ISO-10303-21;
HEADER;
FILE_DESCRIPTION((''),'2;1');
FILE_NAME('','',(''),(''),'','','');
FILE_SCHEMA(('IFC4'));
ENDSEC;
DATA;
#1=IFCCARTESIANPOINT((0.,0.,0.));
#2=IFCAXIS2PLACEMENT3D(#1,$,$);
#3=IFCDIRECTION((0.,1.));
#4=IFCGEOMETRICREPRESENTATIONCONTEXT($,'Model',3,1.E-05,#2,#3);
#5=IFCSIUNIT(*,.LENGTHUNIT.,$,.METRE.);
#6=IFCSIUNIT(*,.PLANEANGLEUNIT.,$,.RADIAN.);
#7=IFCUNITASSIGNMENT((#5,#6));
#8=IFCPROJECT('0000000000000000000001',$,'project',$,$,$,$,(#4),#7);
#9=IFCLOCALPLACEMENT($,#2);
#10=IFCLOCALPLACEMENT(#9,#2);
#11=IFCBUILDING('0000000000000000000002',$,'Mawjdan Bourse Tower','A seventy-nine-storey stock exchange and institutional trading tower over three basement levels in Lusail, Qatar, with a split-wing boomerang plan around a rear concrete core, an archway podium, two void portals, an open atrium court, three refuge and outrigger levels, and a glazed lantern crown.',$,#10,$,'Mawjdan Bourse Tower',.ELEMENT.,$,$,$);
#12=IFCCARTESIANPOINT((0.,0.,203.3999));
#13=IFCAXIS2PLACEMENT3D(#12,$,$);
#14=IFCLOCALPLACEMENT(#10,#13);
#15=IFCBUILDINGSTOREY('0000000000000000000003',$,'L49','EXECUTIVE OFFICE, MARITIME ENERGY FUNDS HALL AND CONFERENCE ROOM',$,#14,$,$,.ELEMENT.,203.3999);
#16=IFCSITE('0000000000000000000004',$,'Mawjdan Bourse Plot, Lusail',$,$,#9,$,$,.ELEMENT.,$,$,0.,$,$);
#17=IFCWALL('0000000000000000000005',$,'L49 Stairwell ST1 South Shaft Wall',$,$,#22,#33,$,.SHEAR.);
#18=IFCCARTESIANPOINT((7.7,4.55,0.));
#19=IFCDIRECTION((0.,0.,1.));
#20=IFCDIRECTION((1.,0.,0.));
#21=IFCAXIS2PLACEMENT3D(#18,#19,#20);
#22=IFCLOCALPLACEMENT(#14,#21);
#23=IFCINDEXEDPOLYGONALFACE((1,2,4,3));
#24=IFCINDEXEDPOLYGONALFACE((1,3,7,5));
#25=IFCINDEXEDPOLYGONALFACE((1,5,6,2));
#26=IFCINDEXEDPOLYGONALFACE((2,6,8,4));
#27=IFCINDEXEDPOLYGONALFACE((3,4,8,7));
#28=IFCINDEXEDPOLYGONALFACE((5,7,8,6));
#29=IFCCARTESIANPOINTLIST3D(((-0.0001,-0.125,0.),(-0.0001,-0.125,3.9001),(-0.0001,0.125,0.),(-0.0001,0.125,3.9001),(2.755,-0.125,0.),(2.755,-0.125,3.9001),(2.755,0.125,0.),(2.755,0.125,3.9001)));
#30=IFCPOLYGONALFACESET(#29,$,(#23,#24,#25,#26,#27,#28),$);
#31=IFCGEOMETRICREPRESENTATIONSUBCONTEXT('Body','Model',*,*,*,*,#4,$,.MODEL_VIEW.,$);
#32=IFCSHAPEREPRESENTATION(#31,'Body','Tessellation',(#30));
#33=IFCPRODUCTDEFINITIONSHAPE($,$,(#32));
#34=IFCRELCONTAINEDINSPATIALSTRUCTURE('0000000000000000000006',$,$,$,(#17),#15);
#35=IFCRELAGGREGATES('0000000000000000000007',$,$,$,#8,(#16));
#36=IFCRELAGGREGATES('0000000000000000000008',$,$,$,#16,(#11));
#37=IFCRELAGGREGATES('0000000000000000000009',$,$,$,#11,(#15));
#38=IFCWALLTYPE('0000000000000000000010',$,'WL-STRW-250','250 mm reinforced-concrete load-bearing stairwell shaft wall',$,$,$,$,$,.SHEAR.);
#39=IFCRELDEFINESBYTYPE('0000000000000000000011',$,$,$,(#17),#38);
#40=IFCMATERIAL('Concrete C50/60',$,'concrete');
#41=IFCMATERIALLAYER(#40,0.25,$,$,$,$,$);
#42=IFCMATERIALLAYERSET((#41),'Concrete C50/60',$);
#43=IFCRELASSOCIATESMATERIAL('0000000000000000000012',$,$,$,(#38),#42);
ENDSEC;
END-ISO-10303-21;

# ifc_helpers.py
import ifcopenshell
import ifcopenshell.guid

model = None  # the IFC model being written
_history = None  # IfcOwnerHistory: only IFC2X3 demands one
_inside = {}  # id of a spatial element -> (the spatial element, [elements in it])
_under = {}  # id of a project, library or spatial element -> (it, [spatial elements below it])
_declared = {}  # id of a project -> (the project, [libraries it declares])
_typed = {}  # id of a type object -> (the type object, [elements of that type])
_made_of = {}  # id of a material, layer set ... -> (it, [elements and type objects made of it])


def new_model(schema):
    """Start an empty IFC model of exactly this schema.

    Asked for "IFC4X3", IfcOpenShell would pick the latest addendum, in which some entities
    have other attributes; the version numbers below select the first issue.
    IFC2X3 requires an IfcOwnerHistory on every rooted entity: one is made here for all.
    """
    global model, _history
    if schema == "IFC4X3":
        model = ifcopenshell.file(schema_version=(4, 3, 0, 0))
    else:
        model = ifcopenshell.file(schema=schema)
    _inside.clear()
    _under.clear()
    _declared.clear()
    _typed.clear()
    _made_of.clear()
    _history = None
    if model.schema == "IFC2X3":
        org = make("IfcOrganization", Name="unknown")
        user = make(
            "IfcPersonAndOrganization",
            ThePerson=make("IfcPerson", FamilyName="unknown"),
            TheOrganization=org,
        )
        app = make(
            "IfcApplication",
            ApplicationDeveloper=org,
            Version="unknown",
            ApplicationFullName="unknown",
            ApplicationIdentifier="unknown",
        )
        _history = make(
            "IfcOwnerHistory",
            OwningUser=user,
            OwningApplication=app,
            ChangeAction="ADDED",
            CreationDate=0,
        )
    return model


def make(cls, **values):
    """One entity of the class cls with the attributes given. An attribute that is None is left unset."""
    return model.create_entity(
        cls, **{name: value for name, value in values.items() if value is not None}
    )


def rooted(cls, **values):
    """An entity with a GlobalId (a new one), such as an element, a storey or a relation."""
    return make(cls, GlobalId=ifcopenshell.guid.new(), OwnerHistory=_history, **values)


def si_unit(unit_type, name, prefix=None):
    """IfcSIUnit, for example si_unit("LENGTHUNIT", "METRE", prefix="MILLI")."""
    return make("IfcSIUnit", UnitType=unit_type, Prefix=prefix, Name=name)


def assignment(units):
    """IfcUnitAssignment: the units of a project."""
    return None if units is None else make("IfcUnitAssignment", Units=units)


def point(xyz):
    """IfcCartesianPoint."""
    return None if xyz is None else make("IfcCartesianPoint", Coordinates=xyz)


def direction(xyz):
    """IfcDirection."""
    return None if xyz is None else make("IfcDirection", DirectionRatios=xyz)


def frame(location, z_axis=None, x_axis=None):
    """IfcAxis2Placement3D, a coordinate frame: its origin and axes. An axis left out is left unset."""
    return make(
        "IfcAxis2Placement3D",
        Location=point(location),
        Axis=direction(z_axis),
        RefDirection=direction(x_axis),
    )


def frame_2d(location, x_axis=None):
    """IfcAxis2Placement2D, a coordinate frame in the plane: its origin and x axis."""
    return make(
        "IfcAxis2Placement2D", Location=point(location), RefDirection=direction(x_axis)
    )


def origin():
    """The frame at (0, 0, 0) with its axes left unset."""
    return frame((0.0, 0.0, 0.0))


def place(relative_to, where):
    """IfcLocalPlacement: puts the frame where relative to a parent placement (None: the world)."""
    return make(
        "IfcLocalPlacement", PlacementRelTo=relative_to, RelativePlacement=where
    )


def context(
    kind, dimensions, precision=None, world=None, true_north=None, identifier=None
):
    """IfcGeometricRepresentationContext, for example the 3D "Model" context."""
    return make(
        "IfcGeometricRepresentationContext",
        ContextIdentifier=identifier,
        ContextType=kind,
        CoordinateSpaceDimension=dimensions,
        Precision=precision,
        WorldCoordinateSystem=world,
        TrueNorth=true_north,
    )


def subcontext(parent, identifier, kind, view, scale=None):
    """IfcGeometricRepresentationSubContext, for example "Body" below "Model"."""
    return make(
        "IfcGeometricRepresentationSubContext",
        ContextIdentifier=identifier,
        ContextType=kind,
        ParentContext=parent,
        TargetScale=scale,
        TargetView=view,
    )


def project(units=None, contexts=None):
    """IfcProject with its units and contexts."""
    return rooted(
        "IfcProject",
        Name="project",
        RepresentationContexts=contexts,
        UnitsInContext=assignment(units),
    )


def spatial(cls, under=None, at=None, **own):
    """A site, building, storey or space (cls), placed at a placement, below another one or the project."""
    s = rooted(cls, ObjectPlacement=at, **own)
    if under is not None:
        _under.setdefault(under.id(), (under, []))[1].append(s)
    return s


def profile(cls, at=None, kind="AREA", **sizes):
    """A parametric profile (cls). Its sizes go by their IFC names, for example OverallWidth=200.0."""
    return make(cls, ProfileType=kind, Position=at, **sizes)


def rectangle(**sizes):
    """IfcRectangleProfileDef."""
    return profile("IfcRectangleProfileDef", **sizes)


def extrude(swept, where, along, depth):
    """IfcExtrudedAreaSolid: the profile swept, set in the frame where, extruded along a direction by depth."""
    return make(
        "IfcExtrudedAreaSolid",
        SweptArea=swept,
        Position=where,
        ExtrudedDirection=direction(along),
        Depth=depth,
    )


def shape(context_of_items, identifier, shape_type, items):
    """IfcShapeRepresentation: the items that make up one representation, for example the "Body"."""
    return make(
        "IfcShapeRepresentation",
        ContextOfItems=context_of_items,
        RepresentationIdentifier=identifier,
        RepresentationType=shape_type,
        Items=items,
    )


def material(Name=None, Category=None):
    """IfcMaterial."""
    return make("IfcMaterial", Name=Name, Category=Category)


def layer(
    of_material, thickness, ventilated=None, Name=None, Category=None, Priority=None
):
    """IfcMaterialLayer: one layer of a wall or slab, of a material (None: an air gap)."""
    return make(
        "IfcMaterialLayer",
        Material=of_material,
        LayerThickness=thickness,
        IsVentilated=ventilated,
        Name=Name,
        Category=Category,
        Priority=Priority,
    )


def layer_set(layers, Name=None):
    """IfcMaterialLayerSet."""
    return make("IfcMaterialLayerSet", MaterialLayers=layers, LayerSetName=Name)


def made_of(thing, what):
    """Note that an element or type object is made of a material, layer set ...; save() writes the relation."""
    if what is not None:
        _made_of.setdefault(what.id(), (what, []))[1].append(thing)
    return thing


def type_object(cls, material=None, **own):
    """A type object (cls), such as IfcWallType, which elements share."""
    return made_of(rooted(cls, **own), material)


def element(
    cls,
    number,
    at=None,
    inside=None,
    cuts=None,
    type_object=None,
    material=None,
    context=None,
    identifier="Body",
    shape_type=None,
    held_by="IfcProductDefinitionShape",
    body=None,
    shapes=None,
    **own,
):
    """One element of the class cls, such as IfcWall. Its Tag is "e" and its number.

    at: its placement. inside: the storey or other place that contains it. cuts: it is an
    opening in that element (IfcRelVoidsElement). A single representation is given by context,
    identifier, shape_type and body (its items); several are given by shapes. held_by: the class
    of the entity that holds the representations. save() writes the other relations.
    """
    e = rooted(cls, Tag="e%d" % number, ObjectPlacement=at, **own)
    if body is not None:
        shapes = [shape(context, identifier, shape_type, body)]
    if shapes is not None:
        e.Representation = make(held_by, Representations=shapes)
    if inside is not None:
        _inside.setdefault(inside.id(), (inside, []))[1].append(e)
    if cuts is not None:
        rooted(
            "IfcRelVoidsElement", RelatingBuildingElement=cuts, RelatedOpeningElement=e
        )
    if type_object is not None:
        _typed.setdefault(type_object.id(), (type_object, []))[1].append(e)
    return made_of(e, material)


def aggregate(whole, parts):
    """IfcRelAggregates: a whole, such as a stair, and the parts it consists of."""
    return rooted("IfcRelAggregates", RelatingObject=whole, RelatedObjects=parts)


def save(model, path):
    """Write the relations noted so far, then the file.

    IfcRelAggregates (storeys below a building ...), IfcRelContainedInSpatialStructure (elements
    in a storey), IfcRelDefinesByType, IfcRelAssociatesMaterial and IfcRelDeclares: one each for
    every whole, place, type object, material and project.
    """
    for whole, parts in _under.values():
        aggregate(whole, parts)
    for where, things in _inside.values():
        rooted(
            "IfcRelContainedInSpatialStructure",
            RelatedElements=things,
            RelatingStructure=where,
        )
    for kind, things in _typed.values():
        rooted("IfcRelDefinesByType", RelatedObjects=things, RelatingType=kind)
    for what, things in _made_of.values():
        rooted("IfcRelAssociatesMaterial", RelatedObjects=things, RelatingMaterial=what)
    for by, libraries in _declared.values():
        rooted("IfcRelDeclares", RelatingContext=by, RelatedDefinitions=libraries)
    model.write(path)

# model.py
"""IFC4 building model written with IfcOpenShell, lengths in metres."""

from ifc_helpers import new_model, si_unit, direction, frame, frame_2d, origin, place, context, subcontext, project, spatial, rectangle, extrude, material, layer, layer_set, type_object, element, save


model = new_model("IFC4")

# Units and contexts
model_context = context("Model", 3, precision=1e-05, world=origin(), true_north=direction((0.0, 1.0)))
body_context = subcontext(model_context, "Body", "Model", "MODEL_VIEW")
ifc_project = project(units=[si_unit("LENGTHUNIT", "METRE"), si_unit("PLANEANGLEUNIT", "RADIAN")], contexts=[model_context])

# Site, building, storey
site_placement = place(None, origin())
site = spatial("IfcSite", under=ifc_project, at=site_placement, Name="Mawjdan Bourse Plot, Lusail", CompositionType="ELEMENT", RefElevation=0.0)
building_placement = place(site_placement, origin())
building = spatial("IfcBuilding", under=site, at=building_placement, Name="Mawjdan Bourse Tower", Description="A seventy-nine-storey stock exchange and institutional trading tower over three basement levels in Lusail, Qatar, with a split-wing boomerang plan around a rear concrete core, an archway podium, two void portals, an open atrium court, three refuge and outrigger levels, and a glazed lantern crown.", LongName="Mawjdan Bourse Tower", CompositionType="ELEMENT")
storey_placement = place(building_placement, frame((0.0, 0.0, 203.3999)))
storey = spatial("IfcBuildingStorey", under=building, at=storey_placement, Name="L49", Description="EXECUTIVE OFFICE, MARITIME ENERGY FUNDS HALL AND CONFERENCE ROOM", CompositionType="ELEMENT", Elevation=203.3999)

# Shared definitions
ifc_material_1 = material(Name="Concrete C50/60", Category="concrete")

# Wall
ifc_layer_1 = layer(ifc_material_1, 0.25)
ifc_layer_set_1 = layer_set([ifc_layer_1], Name="Concrete C50/60")
wall_type_1 = type_object("IfcWallType", Name="WL-STRW-250", Description="250 mm reinforced-concrete load-bearing stairwell shaft wall", PredefinedType="SHEAR", material=ifc_layer_set_1)
wall_1_placement = place(storey_placement, frame((7.7, 4.55, 0.0), z_axis=(0.0, 0.0, 1.0), x_axis=(1.0, 0.0, 0.0)))
element("IfcWall", 1, at=wall_1_placement, inside=storey, type_object=wall_type_1, Name="L49 Stairwell ST1 South Shaft Wall", PredefinedType="SHEAR", context=body_context, shape_type="SweptSolid", body=[
    extrude(rectangle(XDim=2.7551, YDim=0.25, at=frame_2d((1.3774, 0.0))), origin(), (0.0, 0.0, 1.0), 3.9001),
])

save(model, "model.ifc")
